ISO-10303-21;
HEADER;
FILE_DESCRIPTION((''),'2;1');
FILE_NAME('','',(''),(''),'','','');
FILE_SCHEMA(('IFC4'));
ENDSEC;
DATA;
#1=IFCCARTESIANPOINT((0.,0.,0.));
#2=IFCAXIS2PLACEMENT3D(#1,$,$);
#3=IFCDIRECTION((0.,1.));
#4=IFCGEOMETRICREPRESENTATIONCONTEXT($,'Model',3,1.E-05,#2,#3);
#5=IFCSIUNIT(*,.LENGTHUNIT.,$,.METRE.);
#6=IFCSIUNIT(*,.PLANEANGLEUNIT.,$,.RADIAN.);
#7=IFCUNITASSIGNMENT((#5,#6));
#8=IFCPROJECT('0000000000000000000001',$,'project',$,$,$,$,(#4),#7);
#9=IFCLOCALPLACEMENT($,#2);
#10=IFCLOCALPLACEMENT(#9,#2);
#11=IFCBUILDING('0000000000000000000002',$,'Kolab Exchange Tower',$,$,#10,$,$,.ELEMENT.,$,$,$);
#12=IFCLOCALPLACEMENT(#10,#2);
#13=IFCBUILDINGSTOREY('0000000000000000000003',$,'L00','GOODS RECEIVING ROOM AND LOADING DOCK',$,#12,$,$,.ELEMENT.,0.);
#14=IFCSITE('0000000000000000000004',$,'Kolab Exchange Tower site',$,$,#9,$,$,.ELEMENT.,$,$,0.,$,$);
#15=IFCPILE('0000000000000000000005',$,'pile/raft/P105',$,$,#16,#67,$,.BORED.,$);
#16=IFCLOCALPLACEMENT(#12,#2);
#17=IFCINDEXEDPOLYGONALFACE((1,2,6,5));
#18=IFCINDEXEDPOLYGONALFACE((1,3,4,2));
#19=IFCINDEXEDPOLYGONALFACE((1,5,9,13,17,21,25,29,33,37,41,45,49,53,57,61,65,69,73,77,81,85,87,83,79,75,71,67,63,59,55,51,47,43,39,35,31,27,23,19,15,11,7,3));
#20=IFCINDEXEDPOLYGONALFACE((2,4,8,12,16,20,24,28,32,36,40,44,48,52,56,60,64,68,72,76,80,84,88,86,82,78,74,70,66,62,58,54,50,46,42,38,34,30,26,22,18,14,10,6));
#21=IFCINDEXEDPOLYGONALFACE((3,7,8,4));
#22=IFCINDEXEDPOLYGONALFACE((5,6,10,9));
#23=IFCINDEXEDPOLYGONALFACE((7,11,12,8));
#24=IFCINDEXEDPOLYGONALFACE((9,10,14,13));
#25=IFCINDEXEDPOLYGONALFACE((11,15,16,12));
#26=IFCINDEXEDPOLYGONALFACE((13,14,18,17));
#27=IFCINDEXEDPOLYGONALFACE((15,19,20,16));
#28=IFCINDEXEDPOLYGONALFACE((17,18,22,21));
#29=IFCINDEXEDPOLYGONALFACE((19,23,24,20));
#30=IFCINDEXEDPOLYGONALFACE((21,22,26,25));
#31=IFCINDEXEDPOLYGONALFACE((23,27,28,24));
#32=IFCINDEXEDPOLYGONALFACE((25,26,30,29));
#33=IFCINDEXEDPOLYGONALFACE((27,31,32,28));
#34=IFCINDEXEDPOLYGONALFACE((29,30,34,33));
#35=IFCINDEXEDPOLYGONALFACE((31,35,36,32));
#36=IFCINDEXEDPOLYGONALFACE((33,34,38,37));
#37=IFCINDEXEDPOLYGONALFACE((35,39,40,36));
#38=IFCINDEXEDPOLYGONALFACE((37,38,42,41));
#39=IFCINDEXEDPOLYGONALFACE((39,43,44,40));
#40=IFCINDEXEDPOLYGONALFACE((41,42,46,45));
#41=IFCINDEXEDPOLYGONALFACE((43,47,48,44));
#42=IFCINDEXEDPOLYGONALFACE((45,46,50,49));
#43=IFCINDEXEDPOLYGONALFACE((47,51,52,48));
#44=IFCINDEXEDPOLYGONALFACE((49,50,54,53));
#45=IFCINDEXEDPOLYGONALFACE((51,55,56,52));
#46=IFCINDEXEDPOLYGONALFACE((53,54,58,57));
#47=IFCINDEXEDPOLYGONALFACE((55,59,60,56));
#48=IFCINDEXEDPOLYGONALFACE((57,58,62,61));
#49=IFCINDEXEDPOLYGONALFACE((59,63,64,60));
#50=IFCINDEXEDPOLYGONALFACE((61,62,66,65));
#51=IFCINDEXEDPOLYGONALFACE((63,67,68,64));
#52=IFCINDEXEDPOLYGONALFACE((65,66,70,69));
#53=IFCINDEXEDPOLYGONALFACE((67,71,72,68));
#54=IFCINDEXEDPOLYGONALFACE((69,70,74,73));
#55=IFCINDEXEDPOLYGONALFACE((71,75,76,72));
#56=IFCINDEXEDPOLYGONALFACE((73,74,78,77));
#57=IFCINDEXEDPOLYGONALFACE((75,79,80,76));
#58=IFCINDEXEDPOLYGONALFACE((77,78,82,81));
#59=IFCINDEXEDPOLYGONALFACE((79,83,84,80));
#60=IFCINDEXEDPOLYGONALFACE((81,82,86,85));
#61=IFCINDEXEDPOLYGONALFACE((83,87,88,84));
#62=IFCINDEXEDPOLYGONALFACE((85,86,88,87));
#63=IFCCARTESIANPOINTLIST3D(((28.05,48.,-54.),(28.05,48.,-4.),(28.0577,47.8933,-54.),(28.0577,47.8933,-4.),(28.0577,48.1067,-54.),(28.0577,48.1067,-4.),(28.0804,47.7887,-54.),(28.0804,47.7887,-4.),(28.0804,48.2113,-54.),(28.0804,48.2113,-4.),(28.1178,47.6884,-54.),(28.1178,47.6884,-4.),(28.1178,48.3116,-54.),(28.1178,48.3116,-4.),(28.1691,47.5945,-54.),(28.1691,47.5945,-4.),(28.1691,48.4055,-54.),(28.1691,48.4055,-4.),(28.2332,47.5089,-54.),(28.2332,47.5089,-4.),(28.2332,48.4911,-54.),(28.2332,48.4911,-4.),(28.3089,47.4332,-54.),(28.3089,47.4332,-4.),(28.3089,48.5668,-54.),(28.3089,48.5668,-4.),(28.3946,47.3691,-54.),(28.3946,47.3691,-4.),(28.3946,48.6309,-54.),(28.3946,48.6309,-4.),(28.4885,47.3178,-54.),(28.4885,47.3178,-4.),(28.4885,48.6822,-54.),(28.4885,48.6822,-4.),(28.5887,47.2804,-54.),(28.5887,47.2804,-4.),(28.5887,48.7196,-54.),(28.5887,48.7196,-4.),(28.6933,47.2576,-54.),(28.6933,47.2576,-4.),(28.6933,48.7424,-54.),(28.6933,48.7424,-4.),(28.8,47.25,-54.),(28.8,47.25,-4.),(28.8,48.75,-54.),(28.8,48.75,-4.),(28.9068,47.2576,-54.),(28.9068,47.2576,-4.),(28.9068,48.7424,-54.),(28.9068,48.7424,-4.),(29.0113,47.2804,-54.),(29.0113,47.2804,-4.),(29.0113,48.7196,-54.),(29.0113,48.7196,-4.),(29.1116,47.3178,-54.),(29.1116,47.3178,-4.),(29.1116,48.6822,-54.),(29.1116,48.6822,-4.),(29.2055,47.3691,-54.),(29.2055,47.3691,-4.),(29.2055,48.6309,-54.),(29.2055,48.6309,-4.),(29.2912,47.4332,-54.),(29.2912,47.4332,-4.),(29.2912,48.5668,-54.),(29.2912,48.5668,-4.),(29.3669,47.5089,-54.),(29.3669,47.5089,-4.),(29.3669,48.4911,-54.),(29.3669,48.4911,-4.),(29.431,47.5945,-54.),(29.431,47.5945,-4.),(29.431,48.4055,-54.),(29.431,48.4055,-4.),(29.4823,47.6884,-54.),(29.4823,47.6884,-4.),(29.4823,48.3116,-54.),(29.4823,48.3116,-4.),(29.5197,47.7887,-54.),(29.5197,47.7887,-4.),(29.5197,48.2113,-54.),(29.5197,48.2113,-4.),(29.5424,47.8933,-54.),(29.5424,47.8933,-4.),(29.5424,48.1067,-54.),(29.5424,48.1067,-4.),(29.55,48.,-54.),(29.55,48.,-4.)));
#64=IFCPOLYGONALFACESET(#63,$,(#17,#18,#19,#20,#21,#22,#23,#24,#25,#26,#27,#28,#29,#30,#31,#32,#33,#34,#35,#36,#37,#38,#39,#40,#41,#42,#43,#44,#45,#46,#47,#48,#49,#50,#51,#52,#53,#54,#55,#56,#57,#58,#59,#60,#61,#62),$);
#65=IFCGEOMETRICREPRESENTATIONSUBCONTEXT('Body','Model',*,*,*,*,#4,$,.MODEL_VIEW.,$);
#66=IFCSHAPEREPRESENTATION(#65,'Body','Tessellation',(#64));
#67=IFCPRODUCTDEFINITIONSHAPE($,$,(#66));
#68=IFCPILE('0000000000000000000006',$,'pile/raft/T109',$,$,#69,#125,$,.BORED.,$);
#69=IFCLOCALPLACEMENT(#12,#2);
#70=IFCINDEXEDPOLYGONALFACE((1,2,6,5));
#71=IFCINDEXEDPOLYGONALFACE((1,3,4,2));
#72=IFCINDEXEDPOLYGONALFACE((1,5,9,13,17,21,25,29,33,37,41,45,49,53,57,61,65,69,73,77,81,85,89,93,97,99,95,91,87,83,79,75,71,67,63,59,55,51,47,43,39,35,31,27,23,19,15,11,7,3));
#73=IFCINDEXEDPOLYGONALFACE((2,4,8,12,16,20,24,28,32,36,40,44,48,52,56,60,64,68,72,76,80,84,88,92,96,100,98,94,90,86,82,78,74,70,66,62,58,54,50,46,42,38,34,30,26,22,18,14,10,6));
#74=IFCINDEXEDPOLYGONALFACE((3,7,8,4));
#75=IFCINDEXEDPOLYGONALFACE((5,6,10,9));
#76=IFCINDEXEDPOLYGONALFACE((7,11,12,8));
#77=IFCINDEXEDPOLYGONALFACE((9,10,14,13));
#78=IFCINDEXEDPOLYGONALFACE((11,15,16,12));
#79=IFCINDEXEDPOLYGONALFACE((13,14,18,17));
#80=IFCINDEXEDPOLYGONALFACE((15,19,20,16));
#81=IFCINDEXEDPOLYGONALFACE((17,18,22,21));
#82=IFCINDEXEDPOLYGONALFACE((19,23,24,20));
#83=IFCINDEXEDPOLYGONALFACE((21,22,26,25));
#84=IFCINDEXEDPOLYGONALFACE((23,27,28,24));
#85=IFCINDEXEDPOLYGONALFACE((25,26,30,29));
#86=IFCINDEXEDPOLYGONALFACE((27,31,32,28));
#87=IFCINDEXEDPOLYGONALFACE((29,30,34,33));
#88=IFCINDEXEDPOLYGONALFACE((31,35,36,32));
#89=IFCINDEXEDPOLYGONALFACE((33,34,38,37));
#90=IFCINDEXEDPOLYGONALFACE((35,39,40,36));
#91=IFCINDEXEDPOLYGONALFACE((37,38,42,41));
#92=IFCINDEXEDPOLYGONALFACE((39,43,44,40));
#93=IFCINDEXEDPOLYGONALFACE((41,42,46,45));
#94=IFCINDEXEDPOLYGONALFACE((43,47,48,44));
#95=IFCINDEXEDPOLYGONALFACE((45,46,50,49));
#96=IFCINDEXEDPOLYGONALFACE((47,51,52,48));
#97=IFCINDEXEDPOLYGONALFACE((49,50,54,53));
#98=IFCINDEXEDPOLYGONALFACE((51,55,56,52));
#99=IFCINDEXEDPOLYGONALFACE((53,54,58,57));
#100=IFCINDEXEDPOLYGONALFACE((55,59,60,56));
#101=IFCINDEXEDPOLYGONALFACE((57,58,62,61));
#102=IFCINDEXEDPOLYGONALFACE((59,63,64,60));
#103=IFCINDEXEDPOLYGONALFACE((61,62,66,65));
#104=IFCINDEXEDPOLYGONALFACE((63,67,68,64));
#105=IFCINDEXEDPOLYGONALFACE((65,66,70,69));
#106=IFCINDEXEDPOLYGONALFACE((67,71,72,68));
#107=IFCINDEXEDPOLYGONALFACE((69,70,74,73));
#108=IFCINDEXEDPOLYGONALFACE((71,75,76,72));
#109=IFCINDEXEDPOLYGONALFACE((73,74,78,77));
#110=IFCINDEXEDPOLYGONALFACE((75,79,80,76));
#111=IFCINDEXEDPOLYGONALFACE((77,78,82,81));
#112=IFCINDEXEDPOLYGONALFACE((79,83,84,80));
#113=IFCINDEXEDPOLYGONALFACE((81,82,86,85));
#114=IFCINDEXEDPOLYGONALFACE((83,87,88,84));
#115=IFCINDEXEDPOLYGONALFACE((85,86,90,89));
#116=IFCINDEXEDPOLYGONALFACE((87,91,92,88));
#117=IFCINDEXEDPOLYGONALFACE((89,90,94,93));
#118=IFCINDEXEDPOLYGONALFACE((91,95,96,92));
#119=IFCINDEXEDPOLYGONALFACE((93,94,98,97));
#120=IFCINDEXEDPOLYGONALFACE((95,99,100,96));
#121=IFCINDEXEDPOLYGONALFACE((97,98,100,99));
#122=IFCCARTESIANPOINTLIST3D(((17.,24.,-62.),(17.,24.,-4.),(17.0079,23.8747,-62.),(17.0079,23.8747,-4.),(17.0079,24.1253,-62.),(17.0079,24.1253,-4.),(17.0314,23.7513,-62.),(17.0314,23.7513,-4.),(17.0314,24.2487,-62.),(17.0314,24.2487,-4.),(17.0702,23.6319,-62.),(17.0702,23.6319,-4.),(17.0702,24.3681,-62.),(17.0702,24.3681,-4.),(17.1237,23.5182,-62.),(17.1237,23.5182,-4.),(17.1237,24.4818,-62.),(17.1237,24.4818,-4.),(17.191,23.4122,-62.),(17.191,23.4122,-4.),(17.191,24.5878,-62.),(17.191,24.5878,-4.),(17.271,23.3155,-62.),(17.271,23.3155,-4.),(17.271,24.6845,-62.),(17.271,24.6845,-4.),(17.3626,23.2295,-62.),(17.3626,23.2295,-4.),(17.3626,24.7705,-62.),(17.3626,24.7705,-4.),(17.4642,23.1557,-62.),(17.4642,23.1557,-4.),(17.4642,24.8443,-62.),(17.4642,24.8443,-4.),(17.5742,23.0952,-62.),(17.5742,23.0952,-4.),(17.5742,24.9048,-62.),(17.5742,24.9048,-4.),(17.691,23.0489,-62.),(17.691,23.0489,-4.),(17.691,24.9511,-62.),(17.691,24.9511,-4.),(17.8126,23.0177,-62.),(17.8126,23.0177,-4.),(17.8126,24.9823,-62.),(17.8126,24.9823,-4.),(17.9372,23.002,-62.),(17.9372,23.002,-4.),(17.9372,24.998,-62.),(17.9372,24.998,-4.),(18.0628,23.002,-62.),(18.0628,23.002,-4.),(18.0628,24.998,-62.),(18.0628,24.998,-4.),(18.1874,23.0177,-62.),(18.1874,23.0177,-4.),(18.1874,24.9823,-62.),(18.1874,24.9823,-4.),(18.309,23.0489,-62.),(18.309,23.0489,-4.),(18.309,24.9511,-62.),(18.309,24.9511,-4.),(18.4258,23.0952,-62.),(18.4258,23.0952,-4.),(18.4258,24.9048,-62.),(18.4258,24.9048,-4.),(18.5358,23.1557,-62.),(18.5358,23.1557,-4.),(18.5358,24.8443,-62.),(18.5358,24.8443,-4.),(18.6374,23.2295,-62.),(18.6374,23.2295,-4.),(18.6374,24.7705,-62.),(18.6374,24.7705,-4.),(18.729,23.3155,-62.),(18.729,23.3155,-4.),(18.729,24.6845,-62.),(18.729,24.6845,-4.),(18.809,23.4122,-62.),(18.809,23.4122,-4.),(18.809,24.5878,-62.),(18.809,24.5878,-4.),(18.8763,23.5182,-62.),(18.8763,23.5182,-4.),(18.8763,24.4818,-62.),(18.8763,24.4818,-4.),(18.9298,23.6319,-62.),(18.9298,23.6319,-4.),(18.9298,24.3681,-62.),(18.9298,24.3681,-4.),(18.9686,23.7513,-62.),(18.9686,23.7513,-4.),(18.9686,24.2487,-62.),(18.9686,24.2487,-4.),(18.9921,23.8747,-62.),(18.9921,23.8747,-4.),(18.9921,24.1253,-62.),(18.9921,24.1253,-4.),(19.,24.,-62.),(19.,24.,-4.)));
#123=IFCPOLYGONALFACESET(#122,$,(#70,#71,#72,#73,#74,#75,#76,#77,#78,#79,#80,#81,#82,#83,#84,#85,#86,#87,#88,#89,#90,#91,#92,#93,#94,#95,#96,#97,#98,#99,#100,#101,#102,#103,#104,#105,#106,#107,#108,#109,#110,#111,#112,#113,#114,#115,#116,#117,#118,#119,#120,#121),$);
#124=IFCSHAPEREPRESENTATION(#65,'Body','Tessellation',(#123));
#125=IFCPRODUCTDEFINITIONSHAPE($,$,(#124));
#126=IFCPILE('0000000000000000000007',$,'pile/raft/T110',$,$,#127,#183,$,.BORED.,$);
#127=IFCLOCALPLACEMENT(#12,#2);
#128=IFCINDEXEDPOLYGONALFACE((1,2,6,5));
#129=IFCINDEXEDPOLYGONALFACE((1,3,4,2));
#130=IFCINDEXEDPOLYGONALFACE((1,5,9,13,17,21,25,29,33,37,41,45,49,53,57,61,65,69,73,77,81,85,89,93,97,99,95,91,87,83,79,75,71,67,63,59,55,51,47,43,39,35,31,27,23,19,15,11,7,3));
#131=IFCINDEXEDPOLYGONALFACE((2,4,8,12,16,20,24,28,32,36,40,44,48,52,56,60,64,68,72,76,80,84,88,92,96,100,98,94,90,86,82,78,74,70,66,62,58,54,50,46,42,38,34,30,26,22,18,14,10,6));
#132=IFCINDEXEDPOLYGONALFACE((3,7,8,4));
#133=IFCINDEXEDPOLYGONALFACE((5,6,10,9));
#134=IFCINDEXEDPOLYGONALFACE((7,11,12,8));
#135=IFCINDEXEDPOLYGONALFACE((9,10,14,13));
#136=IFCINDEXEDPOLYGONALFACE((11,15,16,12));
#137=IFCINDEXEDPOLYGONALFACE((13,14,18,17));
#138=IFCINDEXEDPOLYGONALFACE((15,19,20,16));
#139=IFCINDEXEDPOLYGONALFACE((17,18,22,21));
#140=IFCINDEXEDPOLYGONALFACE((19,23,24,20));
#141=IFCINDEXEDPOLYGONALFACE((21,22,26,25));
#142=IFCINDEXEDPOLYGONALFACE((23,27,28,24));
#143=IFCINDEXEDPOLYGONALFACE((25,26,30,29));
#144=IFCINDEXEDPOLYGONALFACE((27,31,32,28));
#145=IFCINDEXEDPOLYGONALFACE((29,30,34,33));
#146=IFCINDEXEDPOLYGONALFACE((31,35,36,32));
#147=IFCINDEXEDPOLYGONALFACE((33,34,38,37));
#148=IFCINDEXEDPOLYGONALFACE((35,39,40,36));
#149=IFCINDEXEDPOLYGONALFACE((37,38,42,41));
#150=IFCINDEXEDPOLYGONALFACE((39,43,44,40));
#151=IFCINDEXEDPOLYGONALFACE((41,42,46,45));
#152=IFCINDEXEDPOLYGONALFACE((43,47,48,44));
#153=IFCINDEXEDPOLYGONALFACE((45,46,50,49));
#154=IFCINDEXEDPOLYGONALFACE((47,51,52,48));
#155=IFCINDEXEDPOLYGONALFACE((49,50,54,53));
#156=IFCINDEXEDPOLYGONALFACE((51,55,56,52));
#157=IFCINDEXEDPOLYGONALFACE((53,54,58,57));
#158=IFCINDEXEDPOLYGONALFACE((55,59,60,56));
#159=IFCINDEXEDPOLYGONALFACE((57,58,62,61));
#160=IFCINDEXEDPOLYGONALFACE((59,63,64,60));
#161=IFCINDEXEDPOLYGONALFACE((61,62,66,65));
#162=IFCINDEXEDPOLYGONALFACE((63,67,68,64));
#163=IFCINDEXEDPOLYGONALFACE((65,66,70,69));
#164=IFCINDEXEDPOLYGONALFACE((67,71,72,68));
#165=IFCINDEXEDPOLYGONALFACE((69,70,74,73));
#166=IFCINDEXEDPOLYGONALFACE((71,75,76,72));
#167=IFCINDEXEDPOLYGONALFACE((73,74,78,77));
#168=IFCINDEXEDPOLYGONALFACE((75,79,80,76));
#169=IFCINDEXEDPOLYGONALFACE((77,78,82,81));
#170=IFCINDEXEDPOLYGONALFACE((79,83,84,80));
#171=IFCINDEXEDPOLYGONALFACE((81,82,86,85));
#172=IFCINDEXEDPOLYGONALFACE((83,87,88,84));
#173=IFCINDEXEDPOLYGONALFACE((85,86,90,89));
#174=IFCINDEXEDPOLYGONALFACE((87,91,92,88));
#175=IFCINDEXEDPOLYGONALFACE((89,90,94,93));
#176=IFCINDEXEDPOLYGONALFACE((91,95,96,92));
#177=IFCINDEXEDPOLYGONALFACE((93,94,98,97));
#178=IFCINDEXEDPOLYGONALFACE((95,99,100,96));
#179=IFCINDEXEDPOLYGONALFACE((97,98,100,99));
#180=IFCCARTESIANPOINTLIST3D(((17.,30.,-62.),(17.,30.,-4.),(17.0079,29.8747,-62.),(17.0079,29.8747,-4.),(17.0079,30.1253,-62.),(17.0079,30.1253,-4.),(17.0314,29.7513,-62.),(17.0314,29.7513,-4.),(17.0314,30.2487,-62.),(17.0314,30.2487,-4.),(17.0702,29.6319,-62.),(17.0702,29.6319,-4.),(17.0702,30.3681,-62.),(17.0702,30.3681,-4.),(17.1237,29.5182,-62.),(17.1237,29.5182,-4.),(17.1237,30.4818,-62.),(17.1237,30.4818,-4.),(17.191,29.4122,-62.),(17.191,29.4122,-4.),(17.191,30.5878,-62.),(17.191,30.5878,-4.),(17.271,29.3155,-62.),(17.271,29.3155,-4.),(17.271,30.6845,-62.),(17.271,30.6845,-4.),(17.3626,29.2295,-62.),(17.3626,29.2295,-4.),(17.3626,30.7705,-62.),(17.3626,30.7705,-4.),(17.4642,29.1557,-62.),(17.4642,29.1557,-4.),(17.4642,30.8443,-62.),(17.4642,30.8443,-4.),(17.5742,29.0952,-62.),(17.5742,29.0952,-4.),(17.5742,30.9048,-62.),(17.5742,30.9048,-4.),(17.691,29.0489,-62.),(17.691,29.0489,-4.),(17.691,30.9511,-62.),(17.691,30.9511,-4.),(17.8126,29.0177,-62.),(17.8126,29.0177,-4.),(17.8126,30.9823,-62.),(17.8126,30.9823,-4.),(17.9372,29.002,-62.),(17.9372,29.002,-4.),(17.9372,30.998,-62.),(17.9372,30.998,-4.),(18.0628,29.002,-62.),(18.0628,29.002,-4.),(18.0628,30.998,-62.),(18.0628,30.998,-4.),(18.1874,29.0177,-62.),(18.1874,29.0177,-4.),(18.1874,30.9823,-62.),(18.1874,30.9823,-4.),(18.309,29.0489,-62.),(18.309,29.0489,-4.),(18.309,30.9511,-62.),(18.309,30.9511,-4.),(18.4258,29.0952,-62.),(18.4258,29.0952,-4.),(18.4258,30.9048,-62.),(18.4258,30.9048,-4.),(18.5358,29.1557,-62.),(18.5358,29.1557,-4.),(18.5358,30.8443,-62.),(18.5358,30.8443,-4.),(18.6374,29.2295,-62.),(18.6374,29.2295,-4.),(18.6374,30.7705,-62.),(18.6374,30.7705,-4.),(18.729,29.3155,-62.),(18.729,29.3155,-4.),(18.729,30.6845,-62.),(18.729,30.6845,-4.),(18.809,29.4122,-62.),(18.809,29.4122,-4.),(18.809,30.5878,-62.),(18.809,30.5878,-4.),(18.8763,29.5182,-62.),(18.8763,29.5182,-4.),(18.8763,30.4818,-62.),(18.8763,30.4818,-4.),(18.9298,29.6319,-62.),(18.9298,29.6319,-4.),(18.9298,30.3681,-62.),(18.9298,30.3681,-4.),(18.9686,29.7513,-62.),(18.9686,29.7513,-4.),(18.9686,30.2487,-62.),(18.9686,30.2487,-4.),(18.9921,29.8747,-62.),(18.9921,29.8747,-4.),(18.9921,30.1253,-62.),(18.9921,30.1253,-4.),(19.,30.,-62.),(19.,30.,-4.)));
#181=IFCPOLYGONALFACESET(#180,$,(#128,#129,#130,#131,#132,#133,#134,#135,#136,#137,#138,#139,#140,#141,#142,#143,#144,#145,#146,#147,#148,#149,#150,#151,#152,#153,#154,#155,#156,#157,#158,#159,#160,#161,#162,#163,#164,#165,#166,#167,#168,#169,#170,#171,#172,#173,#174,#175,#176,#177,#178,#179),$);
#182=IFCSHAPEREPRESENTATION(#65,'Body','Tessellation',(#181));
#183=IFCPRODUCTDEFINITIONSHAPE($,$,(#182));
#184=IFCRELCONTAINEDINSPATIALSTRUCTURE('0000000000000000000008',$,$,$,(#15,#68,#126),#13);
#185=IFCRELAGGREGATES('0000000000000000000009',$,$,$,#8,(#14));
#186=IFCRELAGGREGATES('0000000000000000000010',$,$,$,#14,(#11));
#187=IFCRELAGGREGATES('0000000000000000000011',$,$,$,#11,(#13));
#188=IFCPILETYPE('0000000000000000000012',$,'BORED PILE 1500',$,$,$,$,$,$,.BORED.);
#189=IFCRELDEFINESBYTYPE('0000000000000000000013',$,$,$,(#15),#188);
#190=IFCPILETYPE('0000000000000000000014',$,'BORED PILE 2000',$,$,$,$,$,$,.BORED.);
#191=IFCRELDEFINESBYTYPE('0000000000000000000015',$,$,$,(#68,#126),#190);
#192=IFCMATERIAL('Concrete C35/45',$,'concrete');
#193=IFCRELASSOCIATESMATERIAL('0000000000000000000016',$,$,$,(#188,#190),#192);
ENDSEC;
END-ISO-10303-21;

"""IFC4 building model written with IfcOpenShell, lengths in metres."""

from ifc_helpers import new_model, si_unit, direction, frame, origin, origin_2d, place, context, subcontext, project, spatial, circle, extrude, material, material_profile, profile_set, type_object, element, save


model = new_model("IFC4")

# Units and contexts
model_context = context("Model", 3, precision=1e-05, world=origin(), true_north=direction((0.0, 1.0)))
body_context = subcontext(model_context, "Body", "Model", "MODEL_VIEW")
ifc_project = project(units=[si_unit("LENGTHUNIT", "METRE"), si_unit("PLANEANGLEUNIT", "RADIAN")], contexts=[model_context])

# Site, building, storey
site_placement = place(None, origin())
site = spatial("IfcSite", under=ifc_project, at=site_placement, Name="Kolab Exchange Tower site", CompositionType="ELEMENT", RefElevation=0.0)
building_placement = place(site_placement, origin())
building = spatial("IfcBuilding", under=site, at=building_placement, Name="Kolab Exchange Tower", CompositionType="ELEMENT")
storey_placement = place(building_placement, origin())
storey = spatial("IfcBuildingStorey", under=building, at=storey_placement, Name="L00", Description="GOODS RECEIVING ROOM AND LOADING DOCK", CompositionType="ELEMENT", Elevation=0.0)

# Piles
ifc_material_1 = material(Name="Concrete C35/45", Category="concrete")
ifc_material_profile_1 = material_profile(ifc_material_1, circle(Radius=0.75, at=origin_2d()), Name="BP1500")
ifc_profile_set_1 = profile_set([ifc_material_profile_1], Name="Concrete C35/45")
pile_type_1 = type_object("IfcPileType", Name="BORED PILE 1500", PredefinedType="BORED", material=ifc_profile_set_1)
for number, where, z_axis, x_axis, name in (
    (1, (28.8, 48.0, -4.0), (0.0, 0.0, -1.0), (1.0, 0.0, 0.0), "pile/raft/P105"),
):
    element("IfcPile", number, at=place(storey_placement, frame(where, z_axis=z_axis, x_axis=x_axis)), inside=storey, type_object=pile_type_1, Name=name, PredefinedType="BORED", context=body_context, shape_type="SweptSolid", body=[
        extrude(circle(Radius=0.75, at=origin_2d()), origin(), (0.0, 0.0, 1.0), 50.0),
    ])
ifc_material_profile_2 = material_profile(ifc_material_1, circle(Radius=1.0, at=origin_2d()), Name="BP2000")
ifc_profile_set_2 = profile_set([ifc_material_profile_2], Name="Concrete C35/45")
pile_type_2 = type_object("IfcPileType", Name="BORED PILE 2000", PredefinedType="BORED", material=ifc_profile_set_2)
for number, where, z_axis, x_axis, name in (
    (2, (18.0, 24.0, -4.0), (0.0, 0.0, -1.0), (1.0, 0.0, 0.0), "pile/raft/T109"),
    (3, (18.0, 30.0, -4.0), (0.0, 0.0, -1.0), (1.0, 0.0, 0.0), "pile/raft/T110"),
):
    element("IfcPile", number, at=place(storey_placement, frame(where, z_axis=z_axis, x_axis=x_axis)), inside=storey, type_object=pile_type_2, Name=name, PredefinedType="BORED", context=body_context, shape_type="SweptSolid", body=[
        extrude(circle(Radius=1.0, at=origin_2d()), origin(), (0.0, 0.0, 1.0), 58.0),
    ])

save(model, "model.ifc")
